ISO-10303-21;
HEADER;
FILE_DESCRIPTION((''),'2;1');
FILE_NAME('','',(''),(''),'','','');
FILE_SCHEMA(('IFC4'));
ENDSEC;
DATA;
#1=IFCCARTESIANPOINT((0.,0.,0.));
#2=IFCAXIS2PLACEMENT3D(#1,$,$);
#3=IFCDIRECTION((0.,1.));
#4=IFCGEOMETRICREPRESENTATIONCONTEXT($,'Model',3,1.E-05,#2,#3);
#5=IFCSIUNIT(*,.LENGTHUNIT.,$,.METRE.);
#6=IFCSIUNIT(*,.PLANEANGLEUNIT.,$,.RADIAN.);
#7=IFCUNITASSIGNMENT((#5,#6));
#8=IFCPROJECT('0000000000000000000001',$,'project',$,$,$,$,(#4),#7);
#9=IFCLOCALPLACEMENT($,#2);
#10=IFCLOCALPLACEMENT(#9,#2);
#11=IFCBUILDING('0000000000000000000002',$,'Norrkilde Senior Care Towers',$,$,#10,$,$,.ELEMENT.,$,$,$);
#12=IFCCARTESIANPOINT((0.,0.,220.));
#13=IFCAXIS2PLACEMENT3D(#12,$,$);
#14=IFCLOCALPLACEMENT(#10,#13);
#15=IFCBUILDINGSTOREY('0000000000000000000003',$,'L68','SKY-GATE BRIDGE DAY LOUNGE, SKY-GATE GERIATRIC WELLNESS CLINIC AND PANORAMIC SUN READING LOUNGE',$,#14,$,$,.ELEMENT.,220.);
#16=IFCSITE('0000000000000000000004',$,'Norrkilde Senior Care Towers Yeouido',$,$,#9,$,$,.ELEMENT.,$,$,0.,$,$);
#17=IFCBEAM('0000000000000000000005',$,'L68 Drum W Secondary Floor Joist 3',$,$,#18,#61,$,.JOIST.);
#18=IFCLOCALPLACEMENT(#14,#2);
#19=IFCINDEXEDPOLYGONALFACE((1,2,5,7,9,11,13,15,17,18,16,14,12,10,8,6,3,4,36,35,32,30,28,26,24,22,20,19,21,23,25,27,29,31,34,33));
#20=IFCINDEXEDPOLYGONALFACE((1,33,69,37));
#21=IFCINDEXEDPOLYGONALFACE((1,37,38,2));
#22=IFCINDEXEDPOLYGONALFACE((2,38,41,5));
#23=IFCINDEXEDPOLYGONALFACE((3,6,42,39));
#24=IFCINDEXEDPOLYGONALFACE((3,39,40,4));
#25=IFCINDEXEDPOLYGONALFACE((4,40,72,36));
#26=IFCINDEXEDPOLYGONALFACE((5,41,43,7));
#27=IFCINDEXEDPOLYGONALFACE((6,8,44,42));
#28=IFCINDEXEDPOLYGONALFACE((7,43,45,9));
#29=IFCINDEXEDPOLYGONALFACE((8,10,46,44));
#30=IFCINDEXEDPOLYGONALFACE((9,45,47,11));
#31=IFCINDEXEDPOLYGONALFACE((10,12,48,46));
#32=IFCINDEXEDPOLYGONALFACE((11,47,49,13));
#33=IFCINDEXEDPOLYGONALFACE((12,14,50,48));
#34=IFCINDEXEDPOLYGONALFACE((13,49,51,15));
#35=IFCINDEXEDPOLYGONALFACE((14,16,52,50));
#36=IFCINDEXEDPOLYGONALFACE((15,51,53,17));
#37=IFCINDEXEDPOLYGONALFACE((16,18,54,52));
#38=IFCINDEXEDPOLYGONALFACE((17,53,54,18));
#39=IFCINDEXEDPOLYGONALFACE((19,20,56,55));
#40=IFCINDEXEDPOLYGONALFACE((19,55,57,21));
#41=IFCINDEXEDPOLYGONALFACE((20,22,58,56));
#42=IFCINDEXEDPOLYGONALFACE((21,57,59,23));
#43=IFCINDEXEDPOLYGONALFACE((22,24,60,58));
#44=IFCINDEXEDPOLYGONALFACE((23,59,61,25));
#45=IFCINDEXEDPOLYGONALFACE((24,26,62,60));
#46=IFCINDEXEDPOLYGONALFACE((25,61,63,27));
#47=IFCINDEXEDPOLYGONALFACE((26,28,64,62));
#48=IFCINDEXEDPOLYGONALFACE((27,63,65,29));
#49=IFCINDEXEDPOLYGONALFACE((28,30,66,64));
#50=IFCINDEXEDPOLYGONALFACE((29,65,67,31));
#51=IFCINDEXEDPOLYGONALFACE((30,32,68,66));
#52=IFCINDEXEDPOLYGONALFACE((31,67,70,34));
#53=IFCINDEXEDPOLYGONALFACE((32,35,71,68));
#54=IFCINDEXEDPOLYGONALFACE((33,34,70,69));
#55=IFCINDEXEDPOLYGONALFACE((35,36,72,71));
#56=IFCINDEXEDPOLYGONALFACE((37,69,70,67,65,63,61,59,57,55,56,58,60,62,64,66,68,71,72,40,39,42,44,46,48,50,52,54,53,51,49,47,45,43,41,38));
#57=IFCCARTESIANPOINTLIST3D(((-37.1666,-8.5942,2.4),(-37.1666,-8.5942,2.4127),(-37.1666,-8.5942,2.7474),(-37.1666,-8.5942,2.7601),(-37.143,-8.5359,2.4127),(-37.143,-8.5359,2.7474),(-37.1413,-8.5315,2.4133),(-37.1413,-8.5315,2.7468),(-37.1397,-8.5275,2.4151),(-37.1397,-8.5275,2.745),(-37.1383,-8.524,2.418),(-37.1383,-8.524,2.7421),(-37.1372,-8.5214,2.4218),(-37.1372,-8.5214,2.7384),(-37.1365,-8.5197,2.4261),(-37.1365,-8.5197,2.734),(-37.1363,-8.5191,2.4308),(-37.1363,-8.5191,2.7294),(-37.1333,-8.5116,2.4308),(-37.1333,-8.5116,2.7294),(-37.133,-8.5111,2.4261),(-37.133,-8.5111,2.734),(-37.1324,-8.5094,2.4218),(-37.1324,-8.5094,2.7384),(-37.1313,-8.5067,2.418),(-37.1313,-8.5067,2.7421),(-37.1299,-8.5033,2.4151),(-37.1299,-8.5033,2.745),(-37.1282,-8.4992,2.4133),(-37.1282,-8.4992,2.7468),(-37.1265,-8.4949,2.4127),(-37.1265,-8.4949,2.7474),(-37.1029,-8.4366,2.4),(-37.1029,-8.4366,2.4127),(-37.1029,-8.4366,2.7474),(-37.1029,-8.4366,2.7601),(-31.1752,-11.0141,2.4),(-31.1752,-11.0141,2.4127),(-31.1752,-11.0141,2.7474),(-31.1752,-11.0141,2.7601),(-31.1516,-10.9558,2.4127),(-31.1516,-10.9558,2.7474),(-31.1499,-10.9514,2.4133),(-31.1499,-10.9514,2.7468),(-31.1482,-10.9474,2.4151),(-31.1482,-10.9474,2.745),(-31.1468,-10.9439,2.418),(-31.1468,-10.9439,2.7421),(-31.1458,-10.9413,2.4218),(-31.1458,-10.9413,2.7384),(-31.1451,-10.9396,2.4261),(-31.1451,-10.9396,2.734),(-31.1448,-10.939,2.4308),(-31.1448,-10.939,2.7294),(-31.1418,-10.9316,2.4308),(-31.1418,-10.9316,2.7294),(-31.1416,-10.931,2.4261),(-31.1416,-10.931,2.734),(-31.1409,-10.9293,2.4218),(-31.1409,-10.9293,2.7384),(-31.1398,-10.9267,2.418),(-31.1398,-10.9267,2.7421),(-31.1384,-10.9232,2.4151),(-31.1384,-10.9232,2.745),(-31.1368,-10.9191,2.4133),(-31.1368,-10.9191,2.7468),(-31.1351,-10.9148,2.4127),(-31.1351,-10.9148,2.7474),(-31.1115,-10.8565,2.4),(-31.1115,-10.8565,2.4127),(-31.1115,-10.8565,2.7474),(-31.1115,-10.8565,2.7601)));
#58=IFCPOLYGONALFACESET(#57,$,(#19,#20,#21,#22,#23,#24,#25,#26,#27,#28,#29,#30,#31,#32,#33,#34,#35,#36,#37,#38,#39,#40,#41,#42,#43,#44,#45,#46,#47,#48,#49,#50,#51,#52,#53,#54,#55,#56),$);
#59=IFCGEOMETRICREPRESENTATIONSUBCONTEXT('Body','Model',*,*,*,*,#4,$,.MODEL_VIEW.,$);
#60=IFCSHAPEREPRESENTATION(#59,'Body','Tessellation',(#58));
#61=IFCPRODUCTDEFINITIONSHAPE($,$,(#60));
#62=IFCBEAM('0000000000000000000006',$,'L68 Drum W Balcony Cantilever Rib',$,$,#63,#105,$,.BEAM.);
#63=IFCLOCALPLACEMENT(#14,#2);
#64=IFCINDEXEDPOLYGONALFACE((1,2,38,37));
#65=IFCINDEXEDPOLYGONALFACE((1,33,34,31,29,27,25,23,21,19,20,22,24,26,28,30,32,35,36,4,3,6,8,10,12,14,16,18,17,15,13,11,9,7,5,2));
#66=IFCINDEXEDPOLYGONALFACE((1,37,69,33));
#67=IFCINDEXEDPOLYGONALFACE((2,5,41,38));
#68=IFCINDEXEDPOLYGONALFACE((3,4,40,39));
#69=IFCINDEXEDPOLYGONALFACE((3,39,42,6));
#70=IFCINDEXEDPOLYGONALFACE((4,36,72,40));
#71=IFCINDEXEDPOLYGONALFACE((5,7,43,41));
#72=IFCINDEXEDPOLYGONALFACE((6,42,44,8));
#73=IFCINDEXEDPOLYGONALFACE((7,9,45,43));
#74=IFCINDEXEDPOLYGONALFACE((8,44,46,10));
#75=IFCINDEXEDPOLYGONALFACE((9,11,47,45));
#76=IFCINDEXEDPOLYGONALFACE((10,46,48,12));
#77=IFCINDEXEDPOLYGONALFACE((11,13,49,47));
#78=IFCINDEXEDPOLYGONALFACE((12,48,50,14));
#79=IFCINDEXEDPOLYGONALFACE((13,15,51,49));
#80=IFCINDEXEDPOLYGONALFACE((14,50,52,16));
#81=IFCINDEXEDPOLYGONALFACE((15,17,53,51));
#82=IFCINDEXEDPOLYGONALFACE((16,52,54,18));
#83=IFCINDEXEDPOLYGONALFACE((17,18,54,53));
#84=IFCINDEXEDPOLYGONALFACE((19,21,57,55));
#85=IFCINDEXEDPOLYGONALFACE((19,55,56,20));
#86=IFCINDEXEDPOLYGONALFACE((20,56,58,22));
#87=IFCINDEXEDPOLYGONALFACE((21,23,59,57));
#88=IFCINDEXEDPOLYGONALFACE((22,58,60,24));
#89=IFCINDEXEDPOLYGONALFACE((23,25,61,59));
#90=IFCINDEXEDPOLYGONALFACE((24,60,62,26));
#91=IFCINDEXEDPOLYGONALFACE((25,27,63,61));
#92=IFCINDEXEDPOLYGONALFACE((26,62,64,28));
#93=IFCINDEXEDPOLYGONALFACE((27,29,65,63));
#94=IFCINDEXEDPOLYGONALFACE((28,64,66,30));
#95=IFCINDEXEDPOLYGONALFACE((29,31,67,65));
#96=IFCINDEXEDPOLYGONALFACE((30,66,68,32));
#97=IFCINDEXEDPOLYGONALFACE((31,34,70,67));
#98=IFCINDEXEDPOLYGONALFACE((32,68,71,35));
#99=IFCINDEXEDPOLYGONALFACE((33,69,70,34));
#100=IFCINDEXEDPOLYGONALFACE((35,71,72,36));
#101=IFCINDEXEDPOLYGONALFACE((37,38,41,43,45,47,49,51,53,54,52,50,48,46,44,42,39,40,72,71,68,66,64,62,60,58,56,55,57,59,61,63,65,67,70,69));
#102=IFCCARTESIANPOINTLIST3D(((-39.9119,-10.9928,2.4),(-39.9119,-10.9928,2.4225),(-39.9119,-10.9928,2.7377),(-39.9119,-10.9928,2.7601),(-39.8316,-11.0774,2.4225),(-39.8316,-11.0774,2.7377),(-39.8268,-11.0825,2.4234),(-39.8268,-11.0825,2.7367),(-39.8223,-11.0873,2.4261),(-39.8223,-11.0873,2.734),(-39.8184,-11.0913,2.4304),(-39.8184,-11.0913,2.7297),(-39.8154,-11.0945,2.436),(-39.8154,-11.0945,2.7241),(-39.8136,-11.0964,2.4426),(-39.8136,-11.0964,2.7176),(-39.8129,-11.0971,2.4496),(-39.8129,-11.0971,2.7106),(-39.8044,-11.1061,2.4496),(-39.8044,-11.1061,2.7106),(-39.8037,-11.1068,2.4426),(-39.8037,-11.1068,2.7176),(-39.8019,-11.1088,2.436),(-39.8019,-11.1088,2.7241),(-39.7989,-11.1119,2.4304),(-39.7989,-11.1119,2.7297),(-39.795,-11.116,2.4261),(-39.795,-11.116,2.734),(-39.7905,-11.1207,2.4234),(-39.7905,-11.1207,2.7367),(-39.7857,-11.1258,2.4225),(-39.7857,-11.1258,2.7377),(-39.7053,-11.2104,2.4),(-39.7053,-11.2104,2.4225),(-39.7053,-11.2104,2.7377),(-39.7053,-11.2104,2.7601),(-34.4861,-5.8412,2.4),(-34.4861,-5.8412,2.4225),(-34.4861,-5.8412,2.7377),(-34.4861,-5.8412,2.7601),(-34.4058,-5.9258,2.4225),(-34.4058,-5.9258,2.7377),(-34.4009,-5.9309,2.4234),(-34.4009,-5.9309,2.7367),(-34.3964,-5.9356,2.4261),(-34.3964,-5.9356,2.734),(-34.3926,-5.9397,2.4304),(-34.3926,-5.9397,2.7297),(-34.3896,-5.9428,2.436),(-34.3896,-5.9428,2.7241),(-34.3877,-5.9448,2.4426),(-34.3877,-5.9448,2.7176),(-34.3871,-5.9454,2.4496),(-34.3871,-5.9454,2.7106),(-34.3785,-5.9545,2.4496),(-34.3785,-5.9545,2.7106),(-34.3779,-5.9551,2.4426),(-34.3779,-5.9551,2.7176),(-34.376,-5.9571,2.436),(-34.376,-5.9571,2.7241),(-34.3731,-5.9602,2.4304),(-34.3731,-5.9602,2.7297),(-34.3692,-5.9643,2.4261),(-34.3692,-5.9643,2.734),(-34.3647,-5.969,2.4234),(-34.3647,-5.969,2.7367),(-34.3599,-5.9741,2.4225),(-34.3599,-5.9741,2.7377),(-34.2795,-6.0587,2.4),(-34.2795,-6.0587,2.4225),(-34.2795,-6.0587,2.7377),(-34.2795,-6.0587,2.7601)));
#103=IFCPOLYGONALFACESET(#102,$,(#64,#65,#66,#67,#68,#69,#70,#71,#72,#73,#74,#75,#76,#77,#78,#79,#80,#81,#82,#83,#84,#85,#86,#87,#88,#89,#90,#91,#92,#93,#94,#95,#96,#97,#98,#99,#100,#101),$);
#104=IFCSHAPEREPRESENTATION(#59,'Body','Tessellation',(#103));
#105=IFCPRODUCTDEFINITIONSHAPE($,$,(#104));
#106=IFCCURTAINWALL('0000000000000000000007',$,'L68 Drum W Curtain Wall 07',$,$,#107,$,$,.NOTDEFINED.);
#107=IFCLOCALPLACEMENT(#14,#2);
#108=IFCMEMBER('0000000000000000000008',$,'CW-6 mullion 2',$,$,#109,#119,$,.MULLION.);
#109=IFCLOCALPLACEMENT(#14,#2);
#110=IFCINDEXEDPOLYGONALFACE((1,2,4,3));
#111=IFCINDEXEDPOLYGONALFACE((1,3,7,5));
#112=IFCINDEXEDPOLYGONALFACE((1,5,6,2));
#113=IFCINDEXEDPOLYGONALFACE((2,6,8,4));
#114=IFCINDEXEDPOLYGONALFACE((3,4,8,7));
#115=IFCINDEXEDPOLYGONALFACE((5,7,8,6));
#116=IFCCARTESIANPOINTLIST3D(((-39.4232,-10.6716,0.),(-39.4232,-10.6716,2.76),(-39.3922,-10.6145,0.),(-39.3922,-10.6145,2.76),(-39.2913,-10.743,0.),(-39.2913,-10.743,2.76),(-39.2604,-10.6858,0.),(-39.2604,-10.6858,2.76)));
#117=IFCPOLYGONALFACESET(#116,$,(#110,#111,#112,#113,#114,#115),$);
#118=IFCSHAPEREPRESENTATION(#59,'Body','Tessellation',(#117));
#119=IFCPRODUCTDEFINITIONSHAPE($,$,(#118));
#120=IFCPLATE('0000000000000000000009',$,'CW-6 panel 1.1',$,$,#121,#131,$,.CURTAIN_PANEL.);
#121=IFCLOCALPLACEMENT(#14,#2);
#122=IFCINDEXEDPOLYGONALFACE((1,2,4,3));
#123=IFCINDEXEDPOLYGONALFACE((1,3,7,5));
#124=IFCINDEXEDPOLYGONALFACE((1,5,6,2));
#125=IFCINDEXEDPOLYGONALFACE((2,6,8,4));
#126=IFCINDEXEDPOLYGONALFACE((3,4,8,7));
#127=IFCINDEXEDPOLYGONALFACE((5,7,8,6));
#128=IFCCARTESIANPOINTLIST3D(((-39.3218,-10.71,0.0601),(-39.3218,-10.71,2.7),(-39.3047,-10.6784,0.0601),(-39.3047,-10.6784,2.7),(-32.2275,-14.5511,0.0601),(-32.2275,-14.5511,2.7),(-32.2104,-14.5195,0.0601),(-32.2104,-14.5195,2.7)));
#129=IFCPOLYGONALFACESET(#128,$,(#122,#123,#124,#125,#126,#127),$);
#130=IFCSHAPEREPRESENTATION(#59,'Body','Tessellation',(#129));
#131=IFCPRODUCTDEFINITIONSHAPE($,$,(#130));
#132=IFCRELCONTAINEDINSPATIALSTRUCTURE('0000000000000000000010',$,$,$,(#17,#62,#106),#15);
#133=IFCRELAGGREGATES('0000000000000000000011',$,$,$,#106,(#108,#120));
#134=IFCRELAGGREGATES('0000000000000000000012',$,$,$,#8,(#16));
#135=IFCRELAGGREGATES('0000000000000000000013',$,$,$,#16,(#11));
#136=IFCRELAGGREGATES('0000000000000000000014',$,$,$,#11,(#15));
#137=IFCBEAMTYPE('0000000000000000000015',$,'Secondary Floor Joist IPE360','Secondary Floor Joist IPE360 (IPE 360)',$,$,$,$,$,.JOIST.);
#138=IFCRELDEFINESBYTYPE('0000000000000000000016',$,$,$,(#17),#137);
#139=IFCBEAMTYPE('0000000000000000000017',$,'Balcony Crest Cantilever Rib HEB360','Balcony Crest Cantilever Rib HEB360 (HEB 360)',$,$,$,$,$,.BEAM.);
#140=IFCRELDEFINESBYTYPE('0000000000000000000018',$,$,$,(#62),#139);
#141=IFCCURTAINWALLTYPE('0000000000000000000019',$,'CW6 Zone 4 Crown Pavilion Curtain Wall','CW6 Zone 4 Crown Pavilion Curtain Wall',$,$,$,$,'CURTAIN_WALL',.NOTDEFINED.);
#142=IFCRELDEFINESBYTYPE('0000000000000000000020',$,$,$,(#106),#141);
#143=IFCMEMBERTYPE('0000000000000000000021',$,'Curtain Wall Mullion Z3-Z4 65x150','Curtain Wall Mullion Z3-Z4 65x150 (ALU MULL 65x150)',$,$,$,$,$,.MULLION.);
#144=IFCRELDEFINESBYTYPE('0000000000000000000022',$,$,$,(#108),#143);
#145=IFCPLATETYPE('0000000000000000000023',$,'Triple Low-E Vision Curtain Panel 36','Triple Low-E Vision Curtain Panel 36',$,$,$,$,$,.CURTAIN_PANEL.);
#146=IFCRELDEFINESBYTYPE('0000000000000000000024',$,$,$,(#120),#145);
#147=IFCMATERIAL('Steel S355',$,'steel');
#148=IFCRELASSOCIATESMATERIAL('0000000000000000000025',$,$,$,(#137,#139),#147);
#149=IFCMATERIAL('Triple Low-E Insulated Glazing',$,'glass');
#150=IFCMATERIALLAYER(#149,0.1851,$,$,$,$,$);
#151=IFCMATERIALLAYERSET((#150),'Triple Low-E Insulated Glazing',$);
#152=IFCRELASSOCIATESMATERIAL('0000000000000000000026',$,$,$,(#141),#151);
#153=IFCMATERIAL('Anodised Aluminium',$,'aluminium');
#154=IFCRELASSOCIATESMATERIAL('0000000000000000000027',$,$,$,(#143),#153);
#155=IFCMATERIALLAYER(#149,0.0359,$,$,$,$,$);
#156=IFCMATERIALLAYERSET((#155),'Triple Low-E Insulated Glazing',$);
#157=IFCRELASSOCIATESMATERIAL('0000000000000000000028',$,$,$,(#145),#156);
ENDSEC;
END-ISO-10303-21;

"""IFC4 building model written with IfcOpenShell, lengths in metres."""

from ifc_helpers import new_model, si_unit, direction, frame, origin, origin_2d, place, context, subcontext, project, spatial, rectangle, i_section, extrude, source, transform, mapped, material, layer, layer_set, material_profile, profile_set, type_object, type_shapes, element, aggregate, save


model = new_model("IFC4")

# Units and contexts
model_context = context("Model", 3, precision=1e-05, world=origin(), true_north=direction((0.0, 1.0)))
body_context = subcontext(model_context, "Body", "Model", "MODEL_VIEW")
ifc_project = project(units=[si_unit("LENGTHUNIT", "METRE"), si_unit("PLANEANGLEUNIT", "RADIAN")], contexts=[model_context])

# Site, building, storey
site_placement = place(None, origin())
site = spatial("IfcSite", under=ifc_project, at=site_placement, Name="Norrkilde Senior Care Towers Yeouido", CompositionType="ELEMENT", RefElevation=0.0)
building_placement = place(site_placement, origin())
building = spatial("IfcBuilding", under=site, at=building_placement, Name="Norrkilde Senior Care Towers", CompositionType="ELEMENT")
storey_placement = place(building_placement, frame((0.0, 0.0, 220.0)))
storey = spatial("IfcBuildingStorey", under=building, at=storey_placement, Name="L68", Description="SKY-GATE BRIDGE DAY LOUNGE, SKY-GATE GERIATRIC WELLNESS CLINIC AND PANORAMIC SUN READING LOUNGE", CompositionType="ELEMENT", Elevation=220.0)

# Beams
ifc_material_1 = material(Name="Steel S355", Category="steel")
ifc_material_profile_1 = material_profile(ifc_material_1, i_section(OverallWidth=0.1699, OverallDepth=0.3601, WebThickness=0.0081, FlangeThickness=0.0127, FilletRadius=0.0181, at=origin_2d()), Name="IPE 360")
ifc_profile_set_1 = profile_set([ifc_material_profile_1], Name="Steel S355")
beam_type_1 = type_object("IfcBeamType", Name="Secondary Floor Joist IPE360", Description="Secondary Floor Joist IPE360 (IPE 360)", PredefinedType="JOIST", material=ifc_profile_set_1)
shared_shape_1 = source(origin(), body_context, "Body", "SweptSolid", [
    extrude(i_section(OverallWidth=0.1699, OverallDepth=0.3601, WebThickness=0.0081, FlangeThickness=0.0127, FilletRadius=0.0181, at=origin_2d()), origin(), (0.0, 0.0, 1.0), 6.4617),
])
type_shapes(beam_type_1, [shared_shape_1])
beam_1_placement = place(storey_placement, frame((-37.1348, -8.5154, 2.5801), z_axis=(0.927226, -0.374502, 0.0), x_axis=(0.374502, 0.927226, 0.0)))
element("IfcBeam", 1, at=beam_1_placement, inside=storey, type_object=beam_type_1, Name="L68 Drum W Secondary Floor Joist 3", PredefinedType="JOIST", context=body_context, shape_type="MappedRepresentation", body=[
    mapped(shared_shape_1, transform((0.0, 0.0, 0.0), x_axis=(1.0, 0.0, 0.0), y_axis=(0.0, 1.0, 0.0), z_axis=(0.0, 0.0, 1.0), scale=1.0)),
])
ifc_material_profile_2 = material_profile(ifc_material_1, i_section(OverallWidth=0.3, OverallDepth=0.3601, WebThickness=0.0125, FlangeThickness=0.0225, FilletRadius=0.0271, at=origin_2d()), Name="HEB 360")
ifc_profile_set_2 = profile_set([ifc_material_profile_2], Name="Steel S355")
beam_type_2 = type_object("IfcBeamType", Name="Balcony Crest Cantilever Rib HEB360", Description="Balcony Crest Cantilever Rib HEB360 (HEB 360)", PredefinedType="BEAM", material=ifc_profile_set_2)
shared_shape_2 = source(origin(), body_context, "Body", "SweptSolid", [
    extrude(i_section(OverallWidth=0.3, OverallDepth=0.3601, WebThickness=0.0125, FlangeThickness=0.0225, FilletRadius=0.0271, at=origin_2d()), origin(), (0.0, 0.0, 1.0), 7.4819),
])
type_shapes(beam_type_2, [shared_shape_2])
beam_2_placement = place(storey_placement, frame((-34.3828, -5.95, 2.5801), z_axis=(-0.725192, -0.688547, 0.0), x_axis=(0.688547, -0.725192, 0.0)))
element("IfcBeam", 2, at=beam_2_placement, inside=storey, type_object=beam_type_2, Name="L68 Drum W Balcony Cantilever Rib", PredefinedType="BEAM", context=body_context, shape_type="MappedRepresentation", body=[
    mapped(shared_shape_2, transform((0.0, 0.0, 0.0), x_axis=(1.0, 0.0, 0.0), y_axis=(0.0, 1.0, 0.0), z_axis=(0.0, 0.0, 1.0), scale=1.0)),
])

# Curtain wall, member, plate
ifc_material_2 = material(Name="Triple Low-E Insulated Glazing", Category="glass")
ifc_layer_1 = layer(ifc_material_2, 0.1851)
ifc_layer_set_1 = layer_set([ifc_layer_1], Name="Triple Low-E Insulated Glazing")
curtain_wall_type = type_object("IfcCurtainWallType", Name="CW6 Zone 4 Crown Pavilion Curtain Wall", Description="CW6 Zone 4 Crown Pavilion Curtain Wall", ElementType="CURTAIN_WALL", PredefinedType="NOTDEFINED", material=ifc_layer_set_1)
curtain_wall_placement = place(storey_placement, origin())
curtain_wall = element("IfcCurtainWall", 3, at=curtain_wall_placement, inside=storey, type_object=curtain_wall_type, Name="L68 Drum W Curtain Wall 07", PredefinedType="NOTDEFINED")
ifc_material_3 = material(Name="Anodised Aluminium", Category="aluminium")
ifc_material_profile_3 = material_profile(ifc_material_3, rectangle(XDim=0.0649, YDim=0.1499, at=origin_2d()), Name="ALU MULL 65x150")
ifc_profile_set_3 = profile_set([ifc_material_profile_3], Name="Anodised Aluminium")
member_type = type_object("IfcMemberType", Name="Curtain Wall Mullion Z3-Z4 65x150", Description="Curtain Wall Mullion Z3-Z4 65x150 (ALU MULL 65x150)", PredefinedType="MULLION", material=ifc_profile_set_3)
shared_shape_3 = source(origin(), body_context, "Body", "SweptSolid", [
    extrude(rectangle(XDim=0.0649, YDim=0.1499, at=origin_2d()), origin(), (0.0, 0.0, 1.0), 2.76),
])
type_shapes(member_type, [shared_shape_3])
member_placement = place(storey_placement, frame((-39.3418, -10.6787, 0.0), z_axis=(0.0, 0.0, 1.0), x_axis=(-0.476133, -0.879373, 0.0)))
member = element("IfcMember", 4, at=member_placement, type_object=member_type, Name="CW-6 mullion 2", PredefinedType="MULLION", context=body_context, shape_type="MappedRepresentation", body=[
    mapped(shared_shape_3, transform((0.0, 0.0, 0.0), x_axis=(1.0, 0.0, 0.0), y_axis=(0.0, 1.0, 0.0), z_axis=(0.0, 0.0, 1.0), scale=1.0)),
])
ifc_layer_2 = layer(ifc_material_2, 0.0359)
ifc_layer_set_2 = layer_set([ifc_layer_2], Name="Triple Low-E Insulated Glazing")
plate_type = type_object("IfcPlateType", Name="Triple Low-E Vision Curtain Panel 36", Description="Triple Low-E Vision Curtain Panel 36", PredefinedType="CURTAIN_PANEL", material=ifc_layer_set_2)
shared_shape_4 = source(origin(), body_context, "Body", "SweptSolid", [
    extrude(rectangle(XDim=8.0674, YDim=0.0359, at=origin_2d()), origin(), (0.0, 0.0, 1.0), 2.6399),
])
type_shapes(plate_type, [shared_shape_4])
plate_placement = place(storey_placement, frame((-35.7661, -12.6147, 0.0601), z_axis=(0.0, 0.0, 1.0), x_axis=(-0.879373, 0.476133, 0.0)))
plate = element("IfcPlate", 5, at=plate_placement, type_object=plate_type, Name="CW-6 panel 1.1", PredefinedType="CURTAIN_PANEL", context=body_context, shape_type="MappedRepresentation", body=[
    mapped(shared_shape_4, transform((0.0, 0.0, 0.0), x_axis=(1.0, 0.0, 0.0), y_axis=(0.0, 1.0, 0.0), z_axis=(0.0, 0.0, 1.0), scale=1.0)),
])
aggregate(curtain_wall, [member, plate])

save(model, "model.ifc")
